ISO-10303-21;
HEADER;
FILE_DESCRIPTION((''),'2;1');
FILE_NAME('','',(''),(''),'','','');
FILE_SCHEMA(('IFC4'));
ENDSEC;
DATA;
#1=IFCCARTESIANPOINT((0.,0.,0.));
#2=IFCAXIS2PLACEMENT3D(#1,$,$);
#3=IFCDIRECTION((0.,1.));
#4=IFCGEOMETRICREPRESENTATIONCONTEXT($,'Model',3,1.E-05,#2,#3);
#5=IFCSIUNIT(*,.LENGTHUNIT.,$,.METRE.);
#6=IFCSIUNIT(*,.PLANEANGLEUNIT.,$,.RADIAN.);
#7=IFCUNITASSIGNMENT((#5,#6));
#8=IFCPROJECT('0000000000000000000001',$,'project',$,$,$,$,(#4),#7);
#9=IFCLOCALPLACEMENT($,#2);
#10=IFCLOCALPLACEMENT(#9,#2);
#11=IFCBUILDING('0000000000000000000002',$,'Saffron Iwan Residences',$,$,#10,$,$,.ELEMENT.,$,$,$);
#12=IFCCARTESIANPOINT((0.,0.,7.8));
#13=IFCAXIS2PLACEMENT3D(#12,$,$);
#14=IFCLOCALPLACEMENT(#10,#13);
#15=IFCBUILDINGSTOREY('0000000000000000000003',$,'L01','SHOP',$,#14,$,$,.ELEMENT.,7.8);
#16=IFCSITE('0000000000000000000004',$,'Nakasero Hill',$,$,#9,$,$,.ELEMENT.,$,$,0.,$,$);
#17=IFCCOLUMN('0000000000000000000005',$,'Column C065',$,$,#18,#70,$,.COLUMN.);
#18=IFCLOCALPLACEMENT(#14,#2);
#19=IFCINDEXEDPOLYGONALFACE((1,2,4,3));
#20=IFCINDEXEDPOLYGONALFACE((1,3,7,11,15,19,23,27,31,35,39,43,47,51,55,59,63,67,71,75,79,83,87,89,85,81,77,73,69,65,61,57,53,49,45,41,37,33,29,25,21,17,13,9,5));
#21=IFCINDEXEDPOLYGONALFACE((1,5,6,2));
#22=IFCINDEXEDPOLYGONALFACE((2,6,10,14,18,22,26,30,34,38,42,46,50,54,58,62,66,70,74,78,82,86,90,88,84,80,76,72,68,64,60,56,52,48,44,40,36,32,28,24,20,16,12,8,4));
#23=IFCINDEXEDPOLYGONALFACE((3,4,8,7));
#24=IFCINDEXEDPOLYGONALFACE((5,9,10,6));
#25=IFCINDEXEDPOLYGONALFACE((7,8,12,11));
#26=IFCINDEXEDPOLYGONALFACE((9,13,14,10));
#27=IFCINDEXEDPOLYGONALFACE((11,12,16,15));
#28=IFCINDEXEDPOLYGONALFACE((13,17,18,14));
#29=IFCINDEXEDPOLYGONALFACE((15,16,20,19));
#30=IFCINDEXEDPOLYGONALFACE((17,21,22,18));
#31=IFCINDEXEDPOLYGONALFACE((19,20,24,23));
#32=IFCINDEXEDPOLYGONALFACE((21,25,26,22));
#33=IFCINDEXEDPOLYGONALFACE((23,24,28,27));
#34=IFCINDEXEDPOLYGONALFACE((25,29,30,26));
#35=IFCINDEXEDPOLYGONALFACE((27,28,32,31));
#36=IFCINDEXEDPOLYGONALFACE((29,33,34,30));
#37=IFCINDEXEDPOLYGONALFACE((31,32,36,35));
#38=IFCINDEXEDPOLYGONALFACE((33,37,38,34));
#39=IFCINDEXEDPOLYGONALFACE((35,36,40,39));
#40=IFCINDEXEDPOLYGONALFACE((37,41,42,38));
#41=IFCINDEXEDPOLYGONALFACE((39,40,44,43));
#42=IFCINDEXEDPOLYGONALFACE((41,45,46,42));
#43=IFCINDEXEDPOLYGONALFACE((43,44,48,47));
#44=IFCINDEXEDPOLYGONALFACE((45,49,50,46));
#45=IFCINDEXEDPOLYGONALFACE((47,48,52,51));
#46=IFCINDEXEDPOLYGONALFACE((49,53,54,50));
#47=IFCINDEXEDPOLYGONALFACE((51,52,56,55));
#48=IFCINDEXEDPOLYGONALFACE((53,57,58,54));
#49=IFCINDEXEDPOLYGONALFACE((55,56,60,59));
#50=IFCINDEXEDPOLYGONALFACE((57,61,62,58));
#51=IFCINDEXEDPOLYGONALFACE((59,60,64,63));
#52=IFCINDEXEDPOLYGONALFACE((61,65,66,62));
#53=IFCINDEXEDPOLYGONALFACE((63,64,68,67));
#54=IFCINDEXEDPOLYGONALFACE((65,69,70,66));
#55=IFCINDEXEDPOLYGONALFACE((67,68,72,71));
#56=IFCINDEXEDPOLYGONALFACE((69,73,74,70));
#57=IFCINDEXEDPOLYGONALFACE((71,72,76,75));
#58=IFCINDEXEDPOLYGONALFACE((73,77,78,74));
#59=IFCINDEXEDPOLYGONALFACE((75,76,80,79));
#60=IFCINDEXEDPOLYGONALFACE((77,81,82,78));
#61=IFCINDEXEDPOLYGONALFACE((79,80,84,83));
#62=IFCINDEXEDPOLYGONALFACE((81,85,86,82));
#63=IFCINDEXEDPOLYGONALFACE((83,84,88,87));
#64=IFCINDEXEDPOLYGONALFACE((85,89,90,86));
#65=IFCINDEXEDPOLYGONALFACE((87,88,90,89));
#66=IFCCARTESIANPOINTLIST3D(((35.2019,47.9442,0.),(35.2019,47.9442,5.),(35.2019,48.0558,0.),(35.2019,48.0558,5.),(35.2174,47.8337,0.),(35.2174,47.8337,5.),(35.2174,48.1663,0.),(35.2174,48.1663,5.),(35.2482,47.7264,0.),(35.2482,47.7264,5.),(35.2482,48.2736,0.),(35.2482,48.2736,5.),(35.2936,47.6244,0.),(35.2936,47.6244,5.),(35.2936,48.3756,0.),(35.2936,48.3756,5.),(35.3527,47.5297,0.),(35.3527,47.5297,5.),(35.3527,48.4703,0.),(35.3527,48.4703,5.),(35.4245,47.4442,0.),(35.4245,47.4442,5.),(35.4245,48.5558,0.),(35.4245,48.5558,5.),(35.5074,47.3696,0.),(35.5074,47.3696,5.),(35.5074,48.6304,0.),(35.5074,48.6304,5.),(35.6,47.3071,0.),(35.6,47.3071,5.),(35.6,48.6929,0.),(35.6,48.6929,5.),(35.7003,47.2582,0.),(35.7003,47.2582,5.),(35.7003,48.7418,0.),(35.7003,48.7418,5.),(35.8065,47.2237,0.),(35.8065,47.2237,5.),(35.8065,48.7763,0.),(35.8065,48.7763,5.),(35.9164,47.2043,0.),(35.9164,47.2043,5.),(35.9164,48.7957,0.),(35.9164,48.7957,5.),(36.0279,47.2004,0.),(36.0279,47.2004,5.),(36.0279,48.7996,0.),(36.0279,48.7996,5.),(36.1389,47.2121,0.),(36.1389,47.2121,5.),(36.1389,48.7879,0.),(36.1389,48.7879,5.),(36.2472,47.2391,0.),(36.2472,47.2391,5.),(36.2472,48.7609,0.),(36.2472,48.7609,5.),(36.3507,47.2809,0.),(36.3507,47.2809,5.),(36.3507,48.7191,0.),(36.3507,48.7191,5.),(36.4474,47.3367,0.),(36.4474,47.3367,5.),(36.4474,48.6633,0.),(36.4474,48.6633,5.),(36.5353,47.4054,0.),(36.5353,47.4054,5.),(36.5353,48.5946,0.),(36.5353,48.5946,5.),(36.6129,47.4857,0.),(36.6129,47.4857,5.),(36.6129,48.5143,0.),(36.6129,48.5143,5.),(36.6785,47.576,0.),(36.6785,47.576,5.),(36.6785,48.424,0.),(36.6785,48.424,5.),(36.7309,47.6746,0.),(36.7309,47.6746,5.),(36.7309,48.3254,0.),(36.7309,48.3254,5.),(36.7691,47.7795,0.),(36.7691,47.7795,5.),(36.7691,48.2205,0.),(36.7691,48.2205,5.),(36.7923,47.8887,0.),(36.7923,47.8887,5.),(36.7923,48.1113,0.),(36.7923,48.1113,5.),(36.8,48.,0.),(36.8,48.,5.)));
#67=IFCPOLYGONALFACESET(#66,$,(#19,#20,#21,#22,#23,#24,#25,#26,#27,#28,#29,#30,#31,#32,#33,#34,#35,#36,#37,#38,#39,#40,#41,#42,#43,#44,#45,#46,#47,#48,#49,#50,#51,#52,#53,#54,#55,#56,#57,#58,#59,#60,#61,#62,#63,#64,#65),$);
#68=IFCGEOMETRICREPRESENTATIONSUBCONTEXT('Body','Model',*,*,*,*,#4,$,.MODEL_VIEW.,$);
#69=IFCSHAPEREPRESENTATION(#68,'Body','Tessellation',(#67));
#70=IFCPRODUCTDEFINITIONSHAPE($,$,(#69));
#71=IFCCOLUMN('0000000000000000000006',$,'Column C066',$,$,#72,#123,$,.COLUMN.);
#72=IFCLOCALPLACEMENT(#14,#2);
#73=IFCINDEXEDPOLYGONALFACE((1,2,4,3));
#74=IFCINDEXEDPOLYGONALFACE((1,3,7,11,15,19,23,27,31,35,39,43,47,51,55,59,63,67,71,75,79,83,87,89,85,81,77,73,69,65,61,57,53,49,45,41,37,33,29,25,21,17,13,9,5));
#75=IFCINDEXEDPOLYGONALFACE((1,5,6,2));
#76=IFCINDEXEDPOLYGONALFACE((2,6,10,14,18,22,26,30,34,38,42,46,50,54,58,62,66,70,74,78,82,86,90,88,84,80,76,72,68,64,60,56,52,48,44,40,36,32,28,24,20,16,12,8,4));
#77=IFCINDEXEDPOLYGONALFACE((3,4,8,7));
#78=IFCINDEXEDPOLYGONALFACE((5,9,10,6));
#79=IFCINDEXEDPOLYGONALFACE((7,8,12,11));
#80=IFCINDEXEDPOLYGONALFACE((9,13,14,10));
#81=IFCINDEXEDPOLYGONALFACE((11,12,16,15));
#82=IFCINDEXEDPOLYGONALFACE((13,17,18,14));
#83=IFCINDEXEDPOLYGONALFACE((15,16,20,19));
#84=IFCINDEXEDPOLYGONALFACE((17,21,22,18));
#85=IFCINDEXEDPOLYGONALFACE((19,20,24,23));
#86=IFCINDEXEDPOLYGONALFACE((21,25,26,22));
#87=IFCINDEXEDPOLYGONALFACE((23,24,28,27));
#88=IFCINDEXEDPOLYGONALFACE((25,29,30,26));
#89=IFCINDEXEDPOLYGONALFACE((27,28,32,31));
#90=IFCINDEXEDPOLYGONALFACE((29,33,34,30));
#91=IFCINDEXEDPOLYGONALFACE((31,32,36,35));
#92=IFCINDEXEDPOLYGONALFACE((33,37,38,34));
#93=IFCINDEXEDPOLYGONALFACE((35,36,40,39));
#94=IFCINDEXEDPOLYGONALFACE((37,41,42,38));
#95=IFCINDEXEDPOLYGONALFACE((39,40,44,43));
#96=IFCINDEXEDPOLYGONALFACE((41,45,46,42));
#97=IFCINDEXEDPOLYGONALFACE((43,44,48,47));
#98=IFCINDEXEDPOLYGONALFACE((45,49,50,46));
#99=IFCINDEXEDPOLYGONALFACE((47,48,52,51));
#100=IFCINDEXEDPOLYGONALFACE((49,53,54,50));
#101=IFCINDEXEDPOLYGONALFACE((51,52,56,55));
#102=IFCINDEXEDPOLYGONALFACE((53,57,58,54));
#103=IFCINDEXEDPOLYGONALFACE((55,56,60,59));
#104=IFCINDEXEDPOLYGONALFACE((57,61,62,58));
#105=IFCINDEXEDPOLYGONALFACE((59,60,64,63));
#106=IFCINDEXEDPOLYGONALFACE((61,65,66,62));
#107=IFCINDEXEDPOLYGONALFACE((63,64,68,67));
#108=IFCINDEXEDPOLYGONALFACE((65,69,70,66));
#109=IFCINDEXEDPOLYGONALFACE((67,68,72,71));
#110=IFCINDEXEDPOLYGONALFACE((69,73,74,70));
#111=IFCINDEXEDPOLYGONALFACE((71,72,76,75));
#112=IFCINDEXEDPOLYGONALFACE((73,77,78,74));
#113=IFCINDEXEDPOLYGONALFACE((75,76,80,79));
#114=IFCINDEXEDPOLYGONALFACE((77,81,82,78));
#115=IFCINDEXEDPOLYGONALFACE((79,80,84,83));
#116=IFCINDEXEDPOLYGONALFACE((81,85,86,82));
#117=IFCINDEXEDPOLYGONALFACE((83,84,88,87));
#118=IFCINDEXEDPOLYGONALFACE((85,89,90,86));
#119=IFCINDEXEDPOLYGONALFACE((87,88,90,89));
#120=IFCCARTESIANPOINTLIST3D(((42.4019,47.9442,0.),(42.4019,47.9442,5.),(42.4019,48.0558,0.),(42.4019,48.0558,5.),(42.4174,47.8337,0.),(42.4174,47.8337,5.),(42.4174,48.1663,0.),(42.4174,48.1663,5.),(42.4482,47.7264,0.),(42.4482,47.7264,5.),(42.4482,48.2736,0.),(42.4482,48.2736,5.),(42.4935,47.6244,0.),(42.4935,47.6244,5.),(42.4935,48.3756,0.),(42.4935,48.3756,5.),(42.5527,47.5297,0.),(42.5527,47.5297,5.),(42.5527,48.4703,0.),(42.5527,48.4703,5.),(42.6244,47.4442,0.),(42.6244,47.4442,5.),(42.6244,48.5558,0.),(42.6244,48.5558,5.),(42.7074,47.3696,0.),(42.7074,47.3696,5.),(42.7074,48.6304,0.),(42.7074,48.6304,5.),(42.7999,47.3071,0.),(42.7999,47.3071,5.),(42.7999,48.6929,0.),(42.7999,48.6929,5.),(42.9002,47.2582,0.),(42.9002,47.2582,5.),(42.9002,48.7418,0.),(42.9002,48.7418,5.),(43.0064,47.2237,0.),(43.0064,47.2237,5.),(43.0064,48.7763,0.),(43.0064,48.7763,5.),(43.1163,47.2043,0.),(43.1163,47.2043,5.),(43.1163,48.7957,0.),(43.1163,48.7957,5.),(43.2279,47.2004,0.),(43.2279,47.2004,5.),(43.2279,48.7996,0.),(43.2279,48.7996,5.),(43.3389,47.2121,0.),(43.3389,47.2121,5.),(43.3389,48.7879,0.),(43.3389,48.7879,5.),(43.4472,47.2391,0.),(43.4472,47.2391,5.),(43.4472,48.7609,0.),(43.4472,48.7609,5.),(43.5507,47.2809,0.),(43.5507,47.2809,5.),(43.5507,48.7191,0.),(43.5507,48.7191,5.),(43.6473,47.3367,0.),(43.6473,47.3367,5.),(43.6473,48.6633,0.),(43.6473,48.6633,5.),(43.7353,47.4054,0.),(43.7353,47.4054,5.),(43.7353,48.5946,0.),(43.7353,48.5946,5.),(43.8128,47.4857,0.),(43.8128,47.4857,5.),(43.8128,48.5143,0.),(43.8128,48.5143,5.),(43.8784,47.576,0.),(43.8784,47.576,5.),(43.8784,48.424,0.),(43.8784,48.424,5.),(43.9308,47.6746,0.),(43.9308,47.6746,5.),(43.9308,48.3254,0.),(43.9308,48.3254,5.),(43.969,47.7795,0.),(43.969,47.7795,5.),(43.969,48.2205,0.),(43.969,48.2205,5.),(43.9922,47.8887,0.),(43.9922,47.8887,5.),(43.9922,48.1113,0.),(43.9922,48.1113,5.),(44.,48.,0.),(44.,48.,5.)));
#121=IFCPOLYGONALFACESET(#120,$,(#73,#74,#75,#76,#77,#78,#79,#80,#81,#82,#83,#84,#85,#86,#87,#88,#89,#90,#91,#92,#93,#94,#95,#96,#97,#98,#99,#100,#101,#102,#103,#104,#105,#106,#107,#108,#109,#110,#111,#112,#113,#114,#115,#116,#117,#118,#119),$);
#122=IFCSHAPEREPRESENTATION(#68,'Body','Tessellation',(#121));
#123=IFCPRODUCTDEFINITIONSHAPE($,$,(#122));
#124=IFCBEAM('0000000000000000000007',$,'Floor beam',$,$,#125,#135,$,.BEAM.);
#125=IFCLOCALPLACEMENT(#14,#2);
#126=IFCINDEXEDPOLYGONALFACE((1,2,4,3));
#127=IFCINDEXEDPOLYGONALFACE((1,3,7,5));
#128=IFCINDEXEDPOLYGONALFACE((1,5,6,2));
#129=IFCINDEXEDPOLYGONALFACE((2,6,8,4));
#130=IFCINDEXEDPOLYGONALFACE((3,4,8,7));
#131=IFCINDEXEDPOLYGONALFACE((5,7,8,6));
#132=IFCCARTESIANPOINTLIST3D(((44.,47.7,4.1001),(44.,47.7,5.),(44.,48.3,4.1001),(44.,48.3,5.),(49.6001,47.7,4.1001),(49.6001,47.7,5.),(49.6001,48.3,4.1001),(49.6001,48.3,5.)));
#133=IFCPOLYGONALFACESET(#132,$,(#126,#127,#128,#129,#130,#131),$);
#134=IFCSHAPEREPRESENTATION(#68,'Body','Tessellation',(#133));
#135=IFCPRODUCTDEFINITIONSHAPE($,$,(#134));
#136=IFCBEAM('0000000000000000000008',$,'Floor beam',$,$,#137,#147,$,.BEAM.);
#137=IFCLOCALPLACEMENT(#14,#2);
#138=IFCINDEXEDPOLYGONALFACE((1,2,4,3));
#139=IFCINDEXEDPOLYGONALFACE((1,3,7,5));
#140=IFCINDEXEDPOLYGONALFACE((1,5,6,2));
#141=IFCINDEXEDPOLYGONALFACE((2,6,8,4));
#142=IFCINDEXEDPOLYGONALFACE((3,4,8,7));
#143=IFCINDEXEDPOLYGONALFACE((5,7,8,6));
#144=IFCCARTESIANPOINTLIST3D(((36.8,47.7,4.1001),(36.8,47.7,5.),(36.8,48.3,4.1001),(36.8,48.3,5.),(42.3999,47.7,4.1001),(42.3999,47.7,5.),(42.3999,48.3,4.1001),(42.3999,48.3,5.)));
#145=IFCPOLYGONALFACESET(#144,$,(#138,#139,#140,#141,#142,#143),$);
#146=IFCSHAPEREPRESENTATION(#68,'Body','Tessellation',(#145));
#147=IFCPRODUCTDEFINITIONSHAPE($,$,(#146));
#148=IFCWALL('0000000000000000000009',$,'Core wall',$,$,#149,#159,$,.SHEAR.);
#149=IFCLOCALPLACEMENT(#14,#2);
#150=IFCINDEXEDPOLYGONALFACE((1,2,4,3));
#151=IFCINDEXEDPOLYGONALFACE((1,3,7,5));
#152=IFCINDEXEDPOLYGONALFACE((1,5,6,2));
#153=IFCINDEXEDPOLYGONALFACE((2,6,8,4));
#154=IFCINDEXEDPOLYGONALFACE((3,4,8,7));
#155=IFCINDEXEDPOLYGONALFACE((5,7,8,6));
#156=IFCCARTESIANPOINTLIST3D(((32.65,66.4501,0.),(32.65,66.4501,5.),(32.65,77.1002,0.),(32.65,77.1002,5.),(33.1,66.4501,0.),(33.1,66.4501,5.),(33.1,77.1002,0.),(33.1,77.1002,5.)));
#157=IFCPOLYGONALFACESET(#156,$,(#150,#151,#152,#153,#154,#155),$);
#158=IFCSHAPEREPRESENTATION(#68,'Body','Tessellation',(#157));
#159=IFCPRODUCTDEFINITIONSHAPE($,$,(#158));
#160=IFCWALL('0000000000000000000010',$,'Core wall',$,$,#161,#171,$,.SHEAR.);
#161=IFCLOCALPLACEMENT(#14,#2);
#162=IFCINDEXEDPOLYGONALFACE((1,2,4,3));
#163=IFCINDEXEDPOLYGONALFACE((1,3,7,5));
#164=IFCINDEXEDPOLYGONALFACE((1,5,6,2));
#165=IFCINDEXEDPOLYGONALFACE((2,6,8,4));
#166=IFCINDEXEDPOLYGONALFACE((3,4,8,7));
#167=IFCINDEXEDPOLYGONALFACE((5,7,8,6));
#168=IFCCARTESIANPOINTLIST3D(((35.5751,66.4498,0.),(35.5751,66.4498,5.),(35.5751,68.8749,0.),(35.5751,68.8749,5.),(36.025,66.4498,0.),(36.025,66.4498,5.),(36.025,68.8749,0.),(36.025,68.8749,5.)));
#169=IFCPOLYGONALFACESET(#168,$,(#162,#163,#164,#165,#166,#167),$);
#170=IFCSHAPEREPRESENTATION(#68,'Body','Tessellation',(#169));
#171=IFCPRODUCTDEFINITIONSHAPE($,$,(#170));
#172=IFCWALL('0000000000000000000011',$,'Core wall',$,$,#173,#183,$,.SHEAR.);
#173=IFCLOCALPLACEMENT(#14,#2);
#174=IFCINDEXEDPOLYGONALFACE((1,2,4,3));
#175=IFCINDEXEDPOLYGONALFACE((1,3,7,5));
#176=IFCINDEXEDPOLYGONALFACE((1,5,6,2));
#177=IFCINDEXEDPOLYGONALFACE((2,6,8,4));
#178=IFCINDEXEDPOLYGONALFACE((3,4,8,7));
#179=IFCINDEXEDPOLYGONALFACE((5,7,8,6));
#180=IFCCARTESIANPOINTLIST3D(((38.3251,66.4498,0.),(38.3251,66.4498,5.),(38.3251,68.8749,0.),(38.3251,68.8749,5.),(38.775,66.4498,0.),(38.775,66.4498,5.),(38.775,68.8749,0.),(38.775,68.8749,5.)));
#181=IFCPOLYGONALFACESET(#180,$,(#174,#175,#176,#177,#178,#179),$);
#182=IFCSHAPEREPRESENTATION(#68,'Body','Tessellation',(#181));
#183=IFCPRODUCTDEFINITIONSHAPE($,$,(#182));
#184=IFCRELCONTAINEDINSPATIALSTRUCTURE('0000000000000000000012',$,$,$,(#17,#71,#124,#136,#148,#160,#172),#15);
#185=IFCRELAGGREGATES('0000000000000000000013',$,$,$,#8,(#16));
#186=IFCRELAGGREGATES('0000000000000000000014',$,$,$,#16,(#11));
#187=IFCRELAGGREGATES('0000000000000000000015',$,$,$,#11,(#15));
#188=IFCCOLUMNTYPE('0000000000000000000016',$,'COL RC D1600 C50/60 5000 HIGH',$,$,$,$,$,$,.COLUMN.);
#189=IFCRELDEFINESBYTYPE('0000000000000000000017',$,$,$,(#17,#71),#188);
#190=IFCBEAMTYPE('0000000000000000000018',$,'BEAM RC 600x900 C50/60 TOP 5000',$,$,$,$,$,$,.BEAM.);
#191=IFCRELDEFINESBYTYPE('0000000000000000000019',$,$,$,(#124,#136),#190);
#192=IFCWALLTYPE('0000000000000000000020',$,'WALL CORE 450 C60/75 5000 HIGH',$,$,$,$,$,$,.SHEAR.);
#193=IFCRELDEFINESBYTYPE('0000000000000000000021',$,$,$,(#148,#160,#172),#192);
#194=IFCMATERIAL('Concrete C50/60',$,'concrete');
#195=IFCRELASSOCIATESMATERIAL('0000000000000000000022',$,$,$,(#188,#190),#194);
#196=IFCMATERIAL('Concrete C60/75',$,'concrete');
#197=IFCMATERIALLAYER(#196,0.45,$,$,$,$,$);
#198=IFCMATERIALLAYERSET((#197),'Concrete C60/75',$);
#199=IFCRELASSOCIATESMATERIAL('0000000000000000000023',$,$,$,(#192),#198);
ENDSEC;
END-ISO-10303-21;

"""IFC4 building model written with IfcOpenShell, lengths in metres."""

from ifc_helpers import new_model, si_unit, direction, frame, frame_2d, origin, origin_2d, place, context, subcontext, project, spatial, rectangle, circle, extrude, source, transform, mapped, material, layer, layer_set, material_profile, profile_set, type_object, element, save


model = new_model("IFC4")

# Units and contexts
model_context = context("Model", 3, precision=1e-05, world=origin(), true_north=direction((0.0, 1.0)))
body_context = subcontext(model_context, "Body", "Model", "MODEL_VIEW")
ifc_project = project(units=[si_unit("LENGTHUNIT", "METRE"), si_unit("PLANEANGLEUNIT", "RADIAN")], contexts=[model_context])

# Site, building, storey
site_placement = place(None, origin())
site = spatial("IfcSite", under=ifc_project, at=site_placement, Name="Nakasero Hill", CompositionType="ELEMENT", RefElevation=0.0)
building_placement = place(site_placement, origin())
building = spatial("IfcBuilding", under=site, at=building_placement, Name="Saffron Iwan Residences", CompositionType="ELEMENT")
storey_placement = place(building_placement, frame((0.0, 0.0, 7.8)))
storey = spatial("IfcBuildingStorey", under=building, at=storey_placement, Name="L01", Description="SHOP", CompositionType="ELEMENT", Elevation=7.8)

# Columns
ifc_material_1 = material(Name="Concrete C50/60", Category="concrete")
ifc_material_profile_1 = material_profile(ifc_material_1, circle(Radius=0.8, at=origin_2d()), Name="RC D1600")
ifc_profile_set_1 = profile_set([ifc_material_profile_1], Name="Concrete C50/60")
column_type = type_object("IfcColumnType", Name="COL RC D1600 C50/60 5000 HIGH", PredefinedType="COLUMN", material=ifc_profile_set_1)
shared_shape_1 = source(origin(), body_context, "Body", "SweptSolid", [
    extrude(circle(Radius=0.8, at=origin_2d()), origin(), (0.0, 0.0, 1.0), 5.0),
])
for number, where, z_axis, x_axis, name in (
    (1, (36.0, 48.0, 0.0), (0.0, 0.0, 1.0), (1.0, 0.0, 0.0), "Column C065"),
    (2, (43.2, 48.0, 0.0), (0.0, 0.0, 1.0), (1.0, 0.0, 0.0), "Column C066"),
):
    element("IfcColumn", number, at=place(storey_placement, frame(where, z_axis=z_axis, x_axis=x_axis)), inside=storey, type_object=column_type, Name=name, PredefinedType="COLUMN", context=body_context, shape_type="MappedRepresentation", body=[
        mapped(shared_shape_1, transform((0.0, 0.0, 0.0))),
    ])

# Beams
ifc_material_profile_2 = material_profile(ifc_material_1, rectangle(XDim=0.6001, YDim=0.8999, at=origin_2d()), Name="RC 600x900")
ifc_profile_set_2 = profile_set([ifc_material_profile_2], Name="Concrete C50/60")
beam_type = type_object("IfcBeamType", Name="BEAM RC 600x900 C50/60 TOP 5000", PredefinedType="BEAM", material=ifc_profile_set_2)
shared_shape_2 = source(origin(), body_context, "Body", "SweptSolid", [
    extrude(rectangle(XDim=0.6001, YDim=0.8999, at=origin_2d()), origin(), (0.0, 0.0, 1.0), 5.6001),
])
beam_1_placement = place(storey_placement, frame((44.0, 48.0, 4.55), z_axis=(1.0, 0.0, 0.0), x_axis=(0.0, 1.0, 0.0)))
element("IfcBeam", 3, at=beam_1_placement, inside=storey, type_object=beam_type, Name="Floor beam", PredefinedType="BEAM", context=body_context, shape_type="MappedRepresentation", body=[
    mapped(shared_shape_2, transform((0.0, 0.0, 0.0))),
])
shared_shape_3 = source(origin(), body_context, "Body", "SweptSolid", [
    extrude(rectangle(XDim=0.6001, YDim=0.8999, at=origin_2d()), origin(), (0.0, 0.0, 1.0), 5.5999),
])
beam_2_placement = place(storey_placement, frame((36.8, 48.0, 4.55), z_axis=(1.0, 0.0, 0.0), x_axis=(0.0, 1.0, 0.0)))
element("IfcBeam", 4, at=beam_2_placement, inside=storey, type_object=beam_type, Name="Floor beam", PredefinedType="BEAM", context=body_context, shape_type="MappedRepresentation", body=[
    mapped(shared_shape_3, transform((0.0, 0.0, 0.0))),
])

# Walls
ifc_material_2 = material(Name="Concrete C60/75", Category="concrete")
ifc_layer = layer(ifc_material_2, 0.45)
ifc_layer_set = layer_set([ifc_layer], Name="Concrete C60/75")
wall_type = type_object("IfcWallType", Name="WALL CORE 450 C60/75 5000 HIGH", PredefinedType="SHEAR", material=ifc_layer_set)
wall_placement = place(storey_placement, frame((32.875, 66.45, 0.0), z_axis=(0.0, 0.0, 1.0), x_axis=(0.0, 1.0, 0.0)))
element("IfcWall", 5, at=wall_placement, inside=storey, type_object=wall_type, Name="Core wall", PredefinedType="SHEAR", context=body_context, shape_type="SweptSolid", body=[
    extrude(rectangle(XDim=10.6501, YDim=0.45, at=frame_2d((5.3252, 0.0))), origin(), (0.0, 0.0, 1.0), 5.0),
])
for number, where, z_axis, x_axis, name in (
    (6, (35.8, 66.45, 0.0), (0.0, 0.0, 1.0), (0.0, 1.0, 0.0), "Core wall"),
    (7, (38.55, 66.45, 0.0), (0.0, 0.0, 1.0), (0.0, 1.0, 0.0), "Core wall"),
):
    element("IfcWall", number, at=place(storey_placement, frame(where, z_axis=z_axis, x_axis=x_axis)), inside=storey, type_object=wall_type, Name=name, PredefinedType="SHEAR", context=body_context, shape_type="SweptSolid", body=[
        extrude(rectangle(XDim=2.425, YDim=0.45, at=frame_2d((1.2124, 0.0))), origin(), (0.0, 0.0, 1.0), 5.0),
    ])

save(model, "model.ifc")
